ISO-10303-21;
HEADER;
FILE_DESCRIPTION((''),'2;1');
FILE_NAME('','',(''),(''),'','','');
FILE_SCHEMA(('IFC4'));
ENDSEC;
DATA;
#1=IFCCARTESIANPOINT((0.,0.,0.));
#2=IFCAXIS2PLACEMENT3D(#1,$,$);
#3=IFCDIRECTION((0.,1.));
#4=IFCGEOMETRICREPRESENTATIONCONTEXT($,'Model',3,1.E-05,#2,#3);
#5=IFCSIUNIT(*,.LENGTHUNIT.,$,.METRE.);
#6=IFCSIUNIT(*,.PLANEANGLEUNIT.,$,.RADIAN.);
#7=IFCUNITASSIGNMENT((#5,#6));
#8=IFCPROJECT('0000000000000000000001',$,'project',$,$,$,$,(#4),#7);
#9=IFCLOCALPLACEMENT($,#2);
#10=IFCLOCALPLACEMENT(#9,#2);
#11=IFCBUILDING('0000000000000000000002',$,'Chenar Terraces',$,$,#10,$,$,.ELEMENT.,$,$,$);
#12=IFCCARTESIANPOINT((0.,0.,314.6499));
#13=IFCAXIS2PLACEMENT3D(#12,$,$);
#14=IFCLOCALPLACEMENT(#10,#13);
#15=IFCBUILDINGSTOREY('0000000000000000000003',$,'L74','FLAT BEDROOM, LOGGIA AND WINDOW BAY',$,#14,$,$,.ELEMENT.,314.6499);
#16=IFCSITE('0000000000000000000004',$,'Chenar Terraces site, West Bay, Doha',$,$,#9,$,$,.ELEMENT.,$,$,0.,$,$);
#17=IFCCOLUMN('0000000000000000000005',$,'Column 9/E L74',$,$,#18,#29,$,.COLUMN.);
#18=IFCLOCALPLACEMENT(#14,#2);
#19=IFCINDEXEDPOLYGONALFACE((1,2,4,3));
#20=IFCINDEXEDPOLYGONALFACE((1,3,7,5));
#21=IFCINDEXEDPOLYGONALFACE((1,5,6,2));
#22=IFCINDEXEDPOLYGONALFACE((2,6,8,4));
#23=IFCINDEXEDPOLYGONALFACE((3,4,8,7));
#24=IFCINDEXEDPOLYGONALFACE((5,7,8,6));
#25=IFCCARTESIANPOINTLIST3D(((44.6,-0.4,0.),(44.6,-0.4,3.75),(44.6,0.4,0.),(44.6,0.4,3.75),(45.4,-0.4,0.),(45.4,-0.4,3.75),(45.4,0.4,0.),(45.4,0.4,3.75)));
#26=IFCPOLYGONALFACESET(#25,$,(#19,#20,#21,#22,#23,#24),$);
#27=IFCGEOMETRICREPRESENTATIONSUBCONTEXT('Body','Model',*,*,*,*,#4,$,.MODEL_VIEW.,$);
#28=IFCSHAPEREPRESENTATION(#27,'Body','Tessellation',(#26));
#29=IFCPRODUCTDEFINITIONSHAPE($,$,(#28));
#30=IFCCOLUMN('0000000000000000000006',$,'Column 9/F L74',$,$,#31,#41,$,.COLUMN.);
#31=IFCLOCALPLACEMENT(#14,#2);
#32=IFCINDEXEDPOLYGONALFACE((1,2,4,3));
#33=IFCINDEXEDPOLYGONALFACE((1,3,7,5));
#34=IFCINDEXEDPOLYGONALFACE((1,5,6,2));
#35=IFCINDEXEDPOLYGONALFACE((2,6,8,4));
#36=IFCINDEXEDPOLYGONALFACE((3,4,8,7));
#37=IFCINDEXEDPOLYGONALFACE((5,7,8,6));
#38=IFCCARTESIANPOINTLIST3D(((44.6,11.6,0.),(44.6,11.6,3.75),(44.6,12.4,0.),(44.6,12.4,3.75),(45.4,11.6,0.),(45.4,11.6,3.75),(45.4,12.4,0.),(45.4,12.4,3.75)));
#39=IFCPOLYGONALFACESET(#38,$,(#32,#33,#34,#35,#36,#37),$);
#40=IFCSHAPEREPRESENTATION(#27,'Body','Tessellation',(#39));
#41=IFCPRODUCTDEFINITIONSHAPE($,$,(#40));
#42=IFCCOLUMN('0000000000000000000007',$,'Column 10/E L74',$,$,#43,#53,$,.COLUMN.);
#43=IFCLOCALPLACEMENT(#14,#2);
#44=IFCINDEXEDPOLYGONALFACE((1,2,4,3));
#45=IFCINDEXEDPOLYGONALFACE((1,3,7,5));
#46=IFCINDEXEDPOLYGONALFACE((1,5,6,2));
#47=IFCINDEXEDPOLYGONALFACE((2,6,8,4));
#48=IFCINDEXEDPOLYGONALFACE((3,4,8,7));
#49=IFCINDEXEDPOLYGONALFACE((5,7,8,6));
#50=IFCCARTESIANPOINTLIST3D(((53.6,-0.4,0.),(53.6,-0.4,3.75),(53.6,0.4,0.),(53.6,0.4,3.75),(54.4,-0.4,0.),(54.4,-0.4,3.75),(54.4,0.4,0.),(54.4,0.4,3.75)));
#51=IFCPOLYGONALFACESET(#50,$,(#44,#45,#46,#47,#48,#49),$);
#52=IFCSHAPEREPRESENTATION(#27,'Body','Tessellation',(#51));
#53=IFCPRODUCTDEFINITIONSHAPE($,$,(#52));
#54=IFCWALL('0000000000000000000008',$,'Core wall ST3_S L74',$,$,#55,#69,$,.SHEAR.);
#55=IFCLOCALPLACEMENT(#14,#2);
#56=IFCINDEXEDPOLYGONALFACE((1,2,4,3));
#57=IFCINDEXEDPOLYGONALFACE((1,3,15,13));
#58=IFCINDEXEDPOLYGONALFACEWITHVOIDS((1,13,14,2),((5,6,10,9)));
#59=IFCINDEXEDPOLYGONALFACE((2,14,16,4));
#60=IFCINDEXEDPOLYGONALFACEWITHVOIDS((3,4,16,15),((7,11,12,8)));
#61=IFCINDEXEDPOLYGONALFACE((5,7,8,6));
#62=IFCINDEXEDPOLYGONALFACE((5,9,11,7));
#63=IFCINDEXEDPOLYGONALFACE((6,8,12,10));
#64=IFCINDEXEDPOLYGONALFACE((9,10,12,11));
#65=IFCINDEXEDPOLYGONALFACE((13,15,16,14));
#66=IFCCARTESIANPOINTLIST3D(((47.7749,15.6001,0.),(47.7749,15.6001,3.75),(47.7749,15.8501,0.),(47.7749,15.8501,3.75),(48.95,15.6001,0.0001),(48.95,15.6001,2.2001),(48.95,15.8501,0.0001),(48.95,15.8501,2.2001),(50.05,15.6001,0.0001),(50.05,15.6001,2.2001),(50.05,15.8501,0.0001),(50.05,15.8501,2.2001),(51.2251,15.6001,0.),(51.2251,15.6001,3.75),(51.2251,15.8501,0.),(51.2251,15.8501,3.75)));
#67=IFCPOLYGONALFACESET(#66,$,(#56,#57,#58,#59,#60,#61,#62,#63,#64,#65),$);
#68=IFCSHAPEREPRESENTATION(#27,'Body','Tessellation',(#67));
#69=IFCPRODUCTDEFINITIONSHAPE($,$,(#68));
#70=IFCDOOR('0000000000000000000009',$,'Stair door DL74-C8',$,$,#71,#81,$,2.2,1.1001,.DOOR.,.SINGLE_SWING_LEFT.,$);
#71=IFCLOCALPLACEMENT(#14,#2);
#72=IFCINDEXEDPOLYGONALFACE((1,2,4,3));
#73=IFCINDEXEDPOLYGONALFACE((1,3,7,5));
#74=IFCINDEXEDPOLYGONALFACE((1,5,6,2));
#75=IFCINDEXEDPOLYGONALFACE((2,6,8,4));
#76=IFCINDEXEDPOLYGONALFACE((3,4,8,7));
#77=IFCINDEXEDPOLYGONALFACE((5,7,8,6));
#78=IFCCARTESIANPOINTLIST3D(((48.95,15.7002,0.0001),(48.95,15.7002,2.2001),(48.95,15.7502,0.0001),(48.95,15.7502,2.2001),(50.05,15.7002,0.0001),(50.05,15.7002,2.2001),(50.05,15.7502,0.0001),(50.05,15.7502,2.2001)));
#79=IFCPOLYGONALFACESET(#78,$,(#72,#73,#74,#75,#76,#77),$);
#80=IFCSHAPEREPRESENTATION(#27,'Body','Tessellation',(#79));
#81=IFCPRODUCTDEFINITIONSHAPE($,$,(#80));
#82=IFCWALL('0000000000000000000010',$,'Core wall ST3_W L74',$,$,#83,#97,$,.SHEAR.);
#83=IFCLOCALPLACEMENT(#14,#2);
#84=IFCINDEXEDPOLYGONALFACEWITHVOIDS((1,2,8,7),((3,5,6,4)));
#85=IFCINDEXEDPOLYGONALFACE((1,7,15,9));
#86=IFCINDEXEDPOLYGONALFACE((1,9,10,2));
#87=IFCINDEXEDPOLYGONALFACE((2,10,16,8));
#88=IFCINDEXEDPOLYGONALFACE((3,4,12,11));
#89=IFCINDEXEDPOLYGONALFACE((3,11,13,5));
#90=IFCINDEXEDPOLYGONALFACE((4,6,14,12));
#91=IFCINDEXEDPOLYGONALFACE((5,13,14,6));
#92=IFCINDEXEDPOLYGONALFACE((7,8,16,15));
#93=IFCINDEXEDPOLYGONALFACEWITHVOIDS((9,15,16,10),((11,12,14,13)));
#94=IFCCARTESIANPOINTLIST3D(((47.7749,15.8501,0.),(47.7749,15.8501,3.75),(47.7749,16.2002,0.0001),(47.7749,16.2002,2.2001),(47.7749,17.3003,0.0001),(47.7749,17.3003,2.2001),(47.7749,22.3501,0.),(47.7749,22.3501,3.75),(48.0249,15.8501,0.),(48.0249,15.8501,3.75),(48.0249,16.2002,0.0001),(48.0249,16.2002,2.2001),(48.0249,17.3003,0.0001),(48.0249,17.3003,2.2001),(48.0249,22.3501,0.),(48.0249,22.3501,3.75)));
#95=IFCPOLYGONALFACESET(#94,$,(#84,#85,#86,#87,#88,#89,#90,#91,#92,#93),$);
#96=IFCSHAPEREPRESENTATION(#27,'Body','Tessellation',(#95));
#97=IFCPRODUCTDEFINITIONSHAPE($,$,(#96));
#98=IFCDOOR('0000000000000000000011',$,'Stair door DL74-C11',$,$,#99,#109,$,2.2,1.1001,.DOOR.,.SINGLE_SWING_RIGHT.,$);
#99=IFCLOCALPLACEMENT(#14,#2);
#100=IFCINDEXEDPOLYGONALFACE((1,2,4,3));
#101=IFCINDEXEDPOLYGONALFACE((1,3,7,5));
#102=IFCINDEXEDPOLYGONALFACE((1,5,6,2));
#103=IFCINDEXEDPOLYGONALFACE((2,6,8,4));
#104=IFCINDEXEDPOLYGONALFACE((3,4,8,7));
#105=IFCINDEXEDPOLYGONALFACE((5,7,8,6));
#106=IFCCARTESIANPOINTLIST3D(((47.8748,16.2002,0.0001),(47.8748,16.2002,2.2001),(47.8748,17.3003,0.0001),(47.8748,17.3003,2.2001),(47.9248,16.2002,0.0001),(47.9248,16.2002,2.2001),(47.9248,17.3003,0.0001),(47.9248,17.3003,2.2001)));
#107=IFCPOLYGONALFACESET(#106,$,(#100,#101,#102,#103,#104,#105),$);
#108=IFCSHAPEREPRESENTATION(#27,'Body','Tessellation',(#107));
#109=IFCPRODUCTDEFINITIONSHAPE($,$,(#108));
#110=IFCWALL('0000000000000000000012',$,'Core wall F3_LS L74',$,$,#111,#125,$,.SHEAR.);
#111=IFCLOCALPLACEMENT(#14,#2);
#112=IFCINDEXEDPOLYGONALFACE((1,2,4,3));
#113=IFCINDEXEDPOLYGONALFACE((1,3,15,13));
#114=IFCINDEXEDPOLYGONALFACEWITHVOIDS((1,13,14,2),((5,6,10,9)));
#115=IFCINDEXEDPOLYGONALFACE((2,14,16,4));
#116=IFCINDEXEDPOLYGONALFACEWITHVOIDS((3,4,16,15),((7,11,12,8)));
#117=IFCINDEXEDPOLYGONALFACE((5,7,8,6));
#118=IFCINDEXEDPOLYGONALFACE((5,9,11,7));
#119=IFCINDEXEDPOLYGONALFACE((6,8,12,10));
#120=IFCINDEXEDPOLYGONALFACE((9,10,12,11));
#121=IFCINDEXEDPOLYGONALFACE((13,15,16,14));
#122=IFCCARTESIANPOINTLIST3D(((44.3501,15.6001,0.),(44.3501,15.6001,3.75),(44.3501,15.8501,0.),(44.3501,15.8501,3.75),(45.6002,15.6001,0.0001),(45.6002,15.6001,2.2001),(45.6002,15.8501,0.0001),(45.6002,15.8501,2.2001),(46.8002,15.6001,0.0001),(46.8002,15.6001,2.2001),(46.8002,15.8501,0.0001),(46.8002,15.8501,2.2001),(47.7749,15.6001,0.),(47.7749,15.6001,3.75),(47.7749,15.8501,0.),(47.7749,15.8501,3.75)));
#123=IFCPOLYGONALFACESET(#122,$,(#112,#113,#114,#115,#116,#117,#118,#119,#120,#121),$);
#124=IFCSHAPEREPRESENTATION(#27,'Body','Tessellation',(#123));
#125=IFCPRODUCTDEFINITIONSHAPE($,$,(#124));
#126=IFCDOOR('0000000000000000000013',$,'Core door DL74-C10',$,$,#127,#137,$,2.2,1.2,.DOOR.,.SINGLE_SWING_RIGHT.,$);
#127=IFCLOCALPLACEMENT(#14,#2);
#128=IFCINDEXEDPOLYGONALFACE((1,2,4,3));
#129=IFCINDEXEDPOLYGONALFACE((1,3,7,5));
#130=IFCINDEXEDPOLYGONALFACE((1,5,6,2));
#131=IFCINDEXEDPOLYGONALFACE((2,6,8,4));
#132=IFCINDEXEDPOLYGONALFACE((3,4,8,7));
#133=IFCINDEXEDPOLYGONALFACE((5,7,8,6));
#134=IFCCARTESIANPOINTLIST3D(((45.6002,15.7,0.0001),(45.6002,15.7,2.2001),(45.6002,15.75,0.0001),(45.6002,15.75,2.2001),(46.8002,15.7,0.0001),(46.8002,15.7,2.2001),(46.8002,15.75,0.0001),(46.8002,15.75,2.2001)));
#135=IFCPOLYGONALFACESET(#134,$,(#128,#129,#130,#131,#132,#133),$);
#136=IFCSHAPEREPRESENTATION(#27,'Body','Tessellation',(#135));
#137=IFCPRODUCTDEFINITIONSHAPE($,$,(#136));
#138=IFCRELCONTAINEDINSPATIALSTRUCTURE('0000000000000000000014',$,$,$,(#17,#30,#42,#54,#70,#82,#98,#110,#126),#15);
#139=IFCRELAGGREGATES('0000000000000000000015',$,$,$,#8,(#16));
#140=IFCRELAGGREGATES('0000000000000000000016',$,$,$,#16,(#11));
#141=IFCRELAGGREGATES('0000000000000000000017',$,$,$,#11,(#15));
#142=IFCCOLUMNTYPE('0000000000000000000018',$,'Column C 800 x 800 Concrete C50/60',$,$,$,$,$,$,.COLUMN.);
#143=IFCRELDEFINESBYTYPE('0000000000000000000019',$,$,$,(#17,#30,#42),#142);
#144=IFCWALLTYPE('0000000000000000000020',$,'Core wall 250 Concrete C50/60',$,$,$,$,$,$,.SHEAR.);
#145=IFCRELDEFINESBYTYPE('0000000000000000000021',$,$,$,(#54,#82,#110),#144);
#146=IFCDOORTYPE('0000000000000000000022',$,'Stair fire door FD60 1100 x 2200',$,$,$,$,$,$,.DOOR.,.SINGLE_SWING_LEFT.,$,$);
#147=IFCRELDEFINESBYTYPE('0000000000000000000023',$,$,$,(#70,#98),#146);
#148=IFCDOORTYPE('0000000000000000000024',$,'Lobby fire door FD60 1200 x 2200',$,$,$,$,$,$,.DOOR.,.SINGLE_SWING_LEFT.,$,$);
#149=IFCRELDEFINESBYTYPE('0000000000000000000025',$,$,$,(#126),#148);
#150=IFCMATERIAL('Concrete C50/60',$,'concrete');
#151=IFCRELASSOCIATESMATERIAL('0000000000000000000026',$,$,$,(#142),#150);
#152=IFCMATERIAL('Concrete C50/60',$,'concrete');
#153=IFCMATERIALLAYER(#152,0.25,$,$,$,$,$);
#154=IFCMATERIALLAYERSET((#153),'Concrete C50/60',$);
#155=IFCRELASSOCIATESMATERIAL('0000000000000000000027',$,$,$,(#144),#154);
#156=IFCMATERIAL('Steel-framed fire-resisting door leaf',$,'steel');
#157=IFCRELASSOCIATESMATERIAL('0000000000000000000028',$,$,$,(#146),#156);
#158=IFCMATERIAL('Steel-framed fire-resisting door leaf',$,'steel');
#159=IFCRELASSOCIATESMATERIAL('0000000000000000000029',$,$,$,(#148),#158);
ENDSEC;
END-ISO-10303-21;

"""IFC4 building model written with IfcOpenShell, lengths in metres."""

from ifc_helpers import new_model, si_unit, direction, frame, frame_2d, origin, origin_2d, place, context, subcontext, project, spatial, rectangle, extrude, material, layer, layer_set, material_profile, profile_set, type_object, element, fill, save


model = new_model("IFC4")

# Units and contexts
model_context = context("Model", 3, precision=1e-05, world=origin(), true_north=direction((0.0, 1.0)))
body_context = subcontext(model_context, "Body", "Model", "MODEL_VIEW")
ifc_project = project(units=[si_unit("LENGTHUNIT", "METRE"), si_unit("PLANEANGLEUNIT", "RADIAN")], contexts=[model_context])

# Site, building, storey
site_placement = place(None, origin())
site = spatial("IfcSite", under=ifc_project, at=site_placement, Name="Chenar Terraces site, West Bay, Doha", CompositionType="ELEMENT", RefElevation=0.0)
building_placement = place(site_placement, origin())
building = spatial("IfcBuilding", under=site, at=building_placement, Name="Chenar Terraces", CompositionType="ELEMENT")
storey_placement = place(building_placement, frame((0.0, 0.0, 314.6499)))
storey = spatial("IfcBuildingStorey", under=building, at=storey_placement, Name="L74", Description="FLAT BEDROOM, LOGGIA AND WINDOW BAY", CompositionType="ELEMENT", Elevation=314.6499)

# Columns
ifc_material_1 = material(Name="Concrete C50/60", Category="concrete")
ifc_material_profile = material_profile(ifc_material_1, rectangle(XDim=0.8, YDim=0.8, at=origin_2d()), Name="C 800 x 800")
ifc_profile_set = profile_set([ifc_material_profile], Name="Concrete C50/60")
column_type = type_object("IfcColumnType", Name="Column C 800 x 800 Concrete C50/60", PredefinedType="COLUMN", material=ifc_profile_set)
for number, where, z_axis, x_axis, name in (
    (1, (45.0, 0.0, 0.0), (0.0, 0.0, 1.0), (1.0, 0.0, 0.0), "Column 9/E L74"),
    (2, (45.0, 12.0, 0.0), (0.0, 0.0, 1.0), (1.0, 0.0, 0.0), "Column 9/F L74"),
    (3, (54.0, 0.0, 0.0), (0.0, 0.0, 1.0), (1.0, 0.0, 0.0), "Column 10/E L74"),
):
    element("IfcColumn", number, at=place(storey_placement, frame(where, z_axis=z_axis, x_axis=x_axis)), inside=storey, type_object=column_type, Name=name, PredefinedType="COLUMN", context=body_context, shape_type="SweptSolid", body=[
        extrude(rectangle(XDim=0.8, YDim=0.8, at=origin_2d()), origin(), (0.0, 0.0, 1.0), 3.75),
    ])

# Walls, openings, doors
ifc_material_2 = material(Name="Concrete C50/60", Category="concrete")
ifc_layer_1 = layer(ifc_material_2, 0.25)
ifc_layer_set_1 = layer_set([ifc_layer_1], Name="Concrete C50/60")
wall_type_1 = type_object("IfcWallType", Name="Core wall 250 Concrete C50/60", PredefinedType="SHEAR", material=ifc_layer_set_1)
wall_1_placement = place(storey_placement, frame((47.7749, 15.7251, 0.0), z_axis=(0.0, 0.0, 1.0), x_axis=(1.0, 0.0, 0.0)))
wall_1 = element("IfcWall", 4, at=wall_1_placement, inside=storey, type_object=wall_type_1, Name="Core wall ST3_S L74", PredefinedType="SHEAR", context=body_context, shape_type="SweptSolid", body=[
    extrude(rectangle(XDim=3.4502, YDim=0.25, at=frame_2d((1.7251, 0.0))), origin(), (0.0, 0.0, 1.0), 3.75),
])
opening_1_placement = place(wall_1_placement, frame((1.175, 0.0, 0.0)))
opening_1 = element("IfcOpeningElement", 5, at=opening_1_placement, cuts=wall_1, PredefinedType="OPENING", context=body_context, shape_type="SweptSolid", body=[
    extrude(rectangle(XDim=1.1001, YDim=2.2, at=frame_2d((0.55, 1.1001))), frame((0.0, 0.135, 0.0), z_axis=(0.0, -1.0, 0.0), x_axis=(1.0, 0.0, 0.0)), (0.0, 0.0, 1.0), 0.27),
])
ifc_material_3 = material(Name="Steel-framed fire-resisting door leaf", Category="steel")
door_type_1 = type_object("IfcDoorType", Name="Stair fire door FD60 1100 x 2200", OperationType="SINGLE_SWING_LEFT", PredefinedType="DOOR", material=ifc_material_3)
door_1_placement = place(opening_1_placement, frame((1.1001, 0.0, 0.0), z_axis=(0.0, 0.0, 1.0), x_axis=(-1.0, 0.0, 0.0)))
door_1 = element("IfcDoor", 6, at=door_1_placement, inside=storey, type_object=door_type_1, Name="Stair door DL74-C8", OperationType="SINGLE_SWING_LEFT", OverallHeight=2.2, OverallWidth=1.1001, PredefinedType="DOOR", context=body_context, shape_type="SweptSolid", body=[
    extrude(rectangle(XDim=1.1001, YDim=2.2, at=frame_2d((0.55, 1.1001))), frame((0.0, 0.0249, 0.0), z_axis=(0.0, -1.0, 0.0), x_axis=(1.0, 0.0, 0.0)), (0.0, 0.0, 1.0), 0.05),
])
fill(opening_1, door_1)
wall_2_placement = place(storey_placement, frame((47.8999, 15.8501, 0.0), z_axis=(0.0, 0.0, 1.0), x_axis=(0.0, 1.0, 0.0)))
wall_2 = element("IfcWall", 7, at=wall_2_placement, inside=storey, type_object=wall_type_1, Name="Core wall ST3_W L74", PredefinedType="SHEAR", context=body_context, shape_type="SweptSolid", body=[
    extrude(rectangle(XDim=6.5, YDim=0.25, at=frame_2d((3.25, 0.0))), origin(), (0.0, 0.0, 1.0), 3.75),
])
opening_2_placement = place(wall_2_placement, frame((0.3501, 0.0, 0.0)))
opening_2 = element("IfcOpeningElement", 8, at=opening_2_placement, cuts=wall_2, PredefinedType="OPENING", context=body_context, shape_type="SweptSolid", body=[
    extrude(rectangle(XDim=1.1001, YDim=2.2, at=frame_2d((0.55, 1.1001))), frame((0.0, 0.135, 0.0), z_axis=(0.0, -1.0, 0.0), x_axis=(1.0, 0.0, 0.0)), (0.0, 0.0, 1.0), 0.27),
])
door_2_placement = place(opening_2_placement, frame((1.1001, 0.0, 0.0), z_axis=(0.0, 0.0, 1.0), x_axis=(-1.0, 0.0, 0.0)))
door_2 = element("IfcDoor", 9, at=door_2_placement, inside=storey, type_object=door_type_1, Name="Stair door DL74-C11", OperationType="SINGLE_SWING_RIGHT", OverallHeight=2.2, OverallWidth=1.1001, PredefinedType="DOOR", context=body_context, shape_type="SweptSolid", body=[
    extrude(rectangle(XDim=1.1001, YDim=2.2, at=frame_2d((0.55, 1.1001))), frame((0.0, 0.0249, 0.0), z_axis=(0.0, -1.0, 0.0), x_axis=(1.0, 0.0, 0.0)), (0.0, 0.0, 1.0), 0.05),
])
fill(opening_2, door_2)
wall_3_placement = place(storey_placement, frame((44.3501, 15.7251, 0.0), z_axis=(0.0, 0.0, 1.0), x_axis=(1.0, 0.0, 0.0)))
wall_3 = element("IfcWall", 10, at=wall_3_placement, inside=storey, type_object=wall_type_1, Name="Core wall F3_LS L74", PredefinedType="SHEAR", context=body_context, shape_type="SweptSolid", body=[
    extrude(rectangle(XDim=3.4248, YDim=0.25, at=frame_2d((1.7124, 0.0))), origin(), (0.0, 0.0, 1.0), 3.75),
])
opening_3_placement = place(wall_3_placement, frame((1.25, 0.0, 0.0)))
opening_3 = element("IfcOpeningElement", 11, at=opening_3_placement, cuts=wall_3, PredefinedType="OPENING", context=body_context, shape_type="SweptSolid", body=[
    extrude(rectangle(XDim=1.2, YDim=2.2, at=frame_2d((0.6001, 1.1001))), frame((0.0, 0.135, 0.0), z_axis=(0.0, -1.0, 0.0), x_axis=(1.0, 0.0, 0.0)), (0.0, 0.0, 1.0), 0.27),
])
ifc_material_4 = material(Name="Steel-framed fire-resisting door leaf", Category="steel")
door_type_2 = type_object("IfcDoorType", Name="Lobby fire door FD60 1200 x 2200", OperationType="SINGLE_SWING_LEFT", PredefinedType="DOOR", material=ifc_material_4)
door_3_placement = place(opening_3_placement, origin())
door_3 = element("IfcDoor", 12, at=door_3_placement, inside=storey, type_object=door_type_2, Name="Core door DL74-C10", OperationType="SINGLE_SWING_RIGHT", OverallHeight=2.2, OverallWidth=1.2, PredefinedType="DOOR", context=body_context, shape_type="SweptSolid", body=[
    extrude(rectangle(XDim=1.2, YDim=2.2, at=frame_2d((0.6001, 1.1001))), frame((0.0, 0.0249, 0.0), z_axis=(0.0, -1.0, 0.0), x_axis=(1.0, 0.0, 0.0)), (0.0, 0.0, 1.0), 0.05),
])
fill(opening_3, door_3)

save(model, "model.ifc")
